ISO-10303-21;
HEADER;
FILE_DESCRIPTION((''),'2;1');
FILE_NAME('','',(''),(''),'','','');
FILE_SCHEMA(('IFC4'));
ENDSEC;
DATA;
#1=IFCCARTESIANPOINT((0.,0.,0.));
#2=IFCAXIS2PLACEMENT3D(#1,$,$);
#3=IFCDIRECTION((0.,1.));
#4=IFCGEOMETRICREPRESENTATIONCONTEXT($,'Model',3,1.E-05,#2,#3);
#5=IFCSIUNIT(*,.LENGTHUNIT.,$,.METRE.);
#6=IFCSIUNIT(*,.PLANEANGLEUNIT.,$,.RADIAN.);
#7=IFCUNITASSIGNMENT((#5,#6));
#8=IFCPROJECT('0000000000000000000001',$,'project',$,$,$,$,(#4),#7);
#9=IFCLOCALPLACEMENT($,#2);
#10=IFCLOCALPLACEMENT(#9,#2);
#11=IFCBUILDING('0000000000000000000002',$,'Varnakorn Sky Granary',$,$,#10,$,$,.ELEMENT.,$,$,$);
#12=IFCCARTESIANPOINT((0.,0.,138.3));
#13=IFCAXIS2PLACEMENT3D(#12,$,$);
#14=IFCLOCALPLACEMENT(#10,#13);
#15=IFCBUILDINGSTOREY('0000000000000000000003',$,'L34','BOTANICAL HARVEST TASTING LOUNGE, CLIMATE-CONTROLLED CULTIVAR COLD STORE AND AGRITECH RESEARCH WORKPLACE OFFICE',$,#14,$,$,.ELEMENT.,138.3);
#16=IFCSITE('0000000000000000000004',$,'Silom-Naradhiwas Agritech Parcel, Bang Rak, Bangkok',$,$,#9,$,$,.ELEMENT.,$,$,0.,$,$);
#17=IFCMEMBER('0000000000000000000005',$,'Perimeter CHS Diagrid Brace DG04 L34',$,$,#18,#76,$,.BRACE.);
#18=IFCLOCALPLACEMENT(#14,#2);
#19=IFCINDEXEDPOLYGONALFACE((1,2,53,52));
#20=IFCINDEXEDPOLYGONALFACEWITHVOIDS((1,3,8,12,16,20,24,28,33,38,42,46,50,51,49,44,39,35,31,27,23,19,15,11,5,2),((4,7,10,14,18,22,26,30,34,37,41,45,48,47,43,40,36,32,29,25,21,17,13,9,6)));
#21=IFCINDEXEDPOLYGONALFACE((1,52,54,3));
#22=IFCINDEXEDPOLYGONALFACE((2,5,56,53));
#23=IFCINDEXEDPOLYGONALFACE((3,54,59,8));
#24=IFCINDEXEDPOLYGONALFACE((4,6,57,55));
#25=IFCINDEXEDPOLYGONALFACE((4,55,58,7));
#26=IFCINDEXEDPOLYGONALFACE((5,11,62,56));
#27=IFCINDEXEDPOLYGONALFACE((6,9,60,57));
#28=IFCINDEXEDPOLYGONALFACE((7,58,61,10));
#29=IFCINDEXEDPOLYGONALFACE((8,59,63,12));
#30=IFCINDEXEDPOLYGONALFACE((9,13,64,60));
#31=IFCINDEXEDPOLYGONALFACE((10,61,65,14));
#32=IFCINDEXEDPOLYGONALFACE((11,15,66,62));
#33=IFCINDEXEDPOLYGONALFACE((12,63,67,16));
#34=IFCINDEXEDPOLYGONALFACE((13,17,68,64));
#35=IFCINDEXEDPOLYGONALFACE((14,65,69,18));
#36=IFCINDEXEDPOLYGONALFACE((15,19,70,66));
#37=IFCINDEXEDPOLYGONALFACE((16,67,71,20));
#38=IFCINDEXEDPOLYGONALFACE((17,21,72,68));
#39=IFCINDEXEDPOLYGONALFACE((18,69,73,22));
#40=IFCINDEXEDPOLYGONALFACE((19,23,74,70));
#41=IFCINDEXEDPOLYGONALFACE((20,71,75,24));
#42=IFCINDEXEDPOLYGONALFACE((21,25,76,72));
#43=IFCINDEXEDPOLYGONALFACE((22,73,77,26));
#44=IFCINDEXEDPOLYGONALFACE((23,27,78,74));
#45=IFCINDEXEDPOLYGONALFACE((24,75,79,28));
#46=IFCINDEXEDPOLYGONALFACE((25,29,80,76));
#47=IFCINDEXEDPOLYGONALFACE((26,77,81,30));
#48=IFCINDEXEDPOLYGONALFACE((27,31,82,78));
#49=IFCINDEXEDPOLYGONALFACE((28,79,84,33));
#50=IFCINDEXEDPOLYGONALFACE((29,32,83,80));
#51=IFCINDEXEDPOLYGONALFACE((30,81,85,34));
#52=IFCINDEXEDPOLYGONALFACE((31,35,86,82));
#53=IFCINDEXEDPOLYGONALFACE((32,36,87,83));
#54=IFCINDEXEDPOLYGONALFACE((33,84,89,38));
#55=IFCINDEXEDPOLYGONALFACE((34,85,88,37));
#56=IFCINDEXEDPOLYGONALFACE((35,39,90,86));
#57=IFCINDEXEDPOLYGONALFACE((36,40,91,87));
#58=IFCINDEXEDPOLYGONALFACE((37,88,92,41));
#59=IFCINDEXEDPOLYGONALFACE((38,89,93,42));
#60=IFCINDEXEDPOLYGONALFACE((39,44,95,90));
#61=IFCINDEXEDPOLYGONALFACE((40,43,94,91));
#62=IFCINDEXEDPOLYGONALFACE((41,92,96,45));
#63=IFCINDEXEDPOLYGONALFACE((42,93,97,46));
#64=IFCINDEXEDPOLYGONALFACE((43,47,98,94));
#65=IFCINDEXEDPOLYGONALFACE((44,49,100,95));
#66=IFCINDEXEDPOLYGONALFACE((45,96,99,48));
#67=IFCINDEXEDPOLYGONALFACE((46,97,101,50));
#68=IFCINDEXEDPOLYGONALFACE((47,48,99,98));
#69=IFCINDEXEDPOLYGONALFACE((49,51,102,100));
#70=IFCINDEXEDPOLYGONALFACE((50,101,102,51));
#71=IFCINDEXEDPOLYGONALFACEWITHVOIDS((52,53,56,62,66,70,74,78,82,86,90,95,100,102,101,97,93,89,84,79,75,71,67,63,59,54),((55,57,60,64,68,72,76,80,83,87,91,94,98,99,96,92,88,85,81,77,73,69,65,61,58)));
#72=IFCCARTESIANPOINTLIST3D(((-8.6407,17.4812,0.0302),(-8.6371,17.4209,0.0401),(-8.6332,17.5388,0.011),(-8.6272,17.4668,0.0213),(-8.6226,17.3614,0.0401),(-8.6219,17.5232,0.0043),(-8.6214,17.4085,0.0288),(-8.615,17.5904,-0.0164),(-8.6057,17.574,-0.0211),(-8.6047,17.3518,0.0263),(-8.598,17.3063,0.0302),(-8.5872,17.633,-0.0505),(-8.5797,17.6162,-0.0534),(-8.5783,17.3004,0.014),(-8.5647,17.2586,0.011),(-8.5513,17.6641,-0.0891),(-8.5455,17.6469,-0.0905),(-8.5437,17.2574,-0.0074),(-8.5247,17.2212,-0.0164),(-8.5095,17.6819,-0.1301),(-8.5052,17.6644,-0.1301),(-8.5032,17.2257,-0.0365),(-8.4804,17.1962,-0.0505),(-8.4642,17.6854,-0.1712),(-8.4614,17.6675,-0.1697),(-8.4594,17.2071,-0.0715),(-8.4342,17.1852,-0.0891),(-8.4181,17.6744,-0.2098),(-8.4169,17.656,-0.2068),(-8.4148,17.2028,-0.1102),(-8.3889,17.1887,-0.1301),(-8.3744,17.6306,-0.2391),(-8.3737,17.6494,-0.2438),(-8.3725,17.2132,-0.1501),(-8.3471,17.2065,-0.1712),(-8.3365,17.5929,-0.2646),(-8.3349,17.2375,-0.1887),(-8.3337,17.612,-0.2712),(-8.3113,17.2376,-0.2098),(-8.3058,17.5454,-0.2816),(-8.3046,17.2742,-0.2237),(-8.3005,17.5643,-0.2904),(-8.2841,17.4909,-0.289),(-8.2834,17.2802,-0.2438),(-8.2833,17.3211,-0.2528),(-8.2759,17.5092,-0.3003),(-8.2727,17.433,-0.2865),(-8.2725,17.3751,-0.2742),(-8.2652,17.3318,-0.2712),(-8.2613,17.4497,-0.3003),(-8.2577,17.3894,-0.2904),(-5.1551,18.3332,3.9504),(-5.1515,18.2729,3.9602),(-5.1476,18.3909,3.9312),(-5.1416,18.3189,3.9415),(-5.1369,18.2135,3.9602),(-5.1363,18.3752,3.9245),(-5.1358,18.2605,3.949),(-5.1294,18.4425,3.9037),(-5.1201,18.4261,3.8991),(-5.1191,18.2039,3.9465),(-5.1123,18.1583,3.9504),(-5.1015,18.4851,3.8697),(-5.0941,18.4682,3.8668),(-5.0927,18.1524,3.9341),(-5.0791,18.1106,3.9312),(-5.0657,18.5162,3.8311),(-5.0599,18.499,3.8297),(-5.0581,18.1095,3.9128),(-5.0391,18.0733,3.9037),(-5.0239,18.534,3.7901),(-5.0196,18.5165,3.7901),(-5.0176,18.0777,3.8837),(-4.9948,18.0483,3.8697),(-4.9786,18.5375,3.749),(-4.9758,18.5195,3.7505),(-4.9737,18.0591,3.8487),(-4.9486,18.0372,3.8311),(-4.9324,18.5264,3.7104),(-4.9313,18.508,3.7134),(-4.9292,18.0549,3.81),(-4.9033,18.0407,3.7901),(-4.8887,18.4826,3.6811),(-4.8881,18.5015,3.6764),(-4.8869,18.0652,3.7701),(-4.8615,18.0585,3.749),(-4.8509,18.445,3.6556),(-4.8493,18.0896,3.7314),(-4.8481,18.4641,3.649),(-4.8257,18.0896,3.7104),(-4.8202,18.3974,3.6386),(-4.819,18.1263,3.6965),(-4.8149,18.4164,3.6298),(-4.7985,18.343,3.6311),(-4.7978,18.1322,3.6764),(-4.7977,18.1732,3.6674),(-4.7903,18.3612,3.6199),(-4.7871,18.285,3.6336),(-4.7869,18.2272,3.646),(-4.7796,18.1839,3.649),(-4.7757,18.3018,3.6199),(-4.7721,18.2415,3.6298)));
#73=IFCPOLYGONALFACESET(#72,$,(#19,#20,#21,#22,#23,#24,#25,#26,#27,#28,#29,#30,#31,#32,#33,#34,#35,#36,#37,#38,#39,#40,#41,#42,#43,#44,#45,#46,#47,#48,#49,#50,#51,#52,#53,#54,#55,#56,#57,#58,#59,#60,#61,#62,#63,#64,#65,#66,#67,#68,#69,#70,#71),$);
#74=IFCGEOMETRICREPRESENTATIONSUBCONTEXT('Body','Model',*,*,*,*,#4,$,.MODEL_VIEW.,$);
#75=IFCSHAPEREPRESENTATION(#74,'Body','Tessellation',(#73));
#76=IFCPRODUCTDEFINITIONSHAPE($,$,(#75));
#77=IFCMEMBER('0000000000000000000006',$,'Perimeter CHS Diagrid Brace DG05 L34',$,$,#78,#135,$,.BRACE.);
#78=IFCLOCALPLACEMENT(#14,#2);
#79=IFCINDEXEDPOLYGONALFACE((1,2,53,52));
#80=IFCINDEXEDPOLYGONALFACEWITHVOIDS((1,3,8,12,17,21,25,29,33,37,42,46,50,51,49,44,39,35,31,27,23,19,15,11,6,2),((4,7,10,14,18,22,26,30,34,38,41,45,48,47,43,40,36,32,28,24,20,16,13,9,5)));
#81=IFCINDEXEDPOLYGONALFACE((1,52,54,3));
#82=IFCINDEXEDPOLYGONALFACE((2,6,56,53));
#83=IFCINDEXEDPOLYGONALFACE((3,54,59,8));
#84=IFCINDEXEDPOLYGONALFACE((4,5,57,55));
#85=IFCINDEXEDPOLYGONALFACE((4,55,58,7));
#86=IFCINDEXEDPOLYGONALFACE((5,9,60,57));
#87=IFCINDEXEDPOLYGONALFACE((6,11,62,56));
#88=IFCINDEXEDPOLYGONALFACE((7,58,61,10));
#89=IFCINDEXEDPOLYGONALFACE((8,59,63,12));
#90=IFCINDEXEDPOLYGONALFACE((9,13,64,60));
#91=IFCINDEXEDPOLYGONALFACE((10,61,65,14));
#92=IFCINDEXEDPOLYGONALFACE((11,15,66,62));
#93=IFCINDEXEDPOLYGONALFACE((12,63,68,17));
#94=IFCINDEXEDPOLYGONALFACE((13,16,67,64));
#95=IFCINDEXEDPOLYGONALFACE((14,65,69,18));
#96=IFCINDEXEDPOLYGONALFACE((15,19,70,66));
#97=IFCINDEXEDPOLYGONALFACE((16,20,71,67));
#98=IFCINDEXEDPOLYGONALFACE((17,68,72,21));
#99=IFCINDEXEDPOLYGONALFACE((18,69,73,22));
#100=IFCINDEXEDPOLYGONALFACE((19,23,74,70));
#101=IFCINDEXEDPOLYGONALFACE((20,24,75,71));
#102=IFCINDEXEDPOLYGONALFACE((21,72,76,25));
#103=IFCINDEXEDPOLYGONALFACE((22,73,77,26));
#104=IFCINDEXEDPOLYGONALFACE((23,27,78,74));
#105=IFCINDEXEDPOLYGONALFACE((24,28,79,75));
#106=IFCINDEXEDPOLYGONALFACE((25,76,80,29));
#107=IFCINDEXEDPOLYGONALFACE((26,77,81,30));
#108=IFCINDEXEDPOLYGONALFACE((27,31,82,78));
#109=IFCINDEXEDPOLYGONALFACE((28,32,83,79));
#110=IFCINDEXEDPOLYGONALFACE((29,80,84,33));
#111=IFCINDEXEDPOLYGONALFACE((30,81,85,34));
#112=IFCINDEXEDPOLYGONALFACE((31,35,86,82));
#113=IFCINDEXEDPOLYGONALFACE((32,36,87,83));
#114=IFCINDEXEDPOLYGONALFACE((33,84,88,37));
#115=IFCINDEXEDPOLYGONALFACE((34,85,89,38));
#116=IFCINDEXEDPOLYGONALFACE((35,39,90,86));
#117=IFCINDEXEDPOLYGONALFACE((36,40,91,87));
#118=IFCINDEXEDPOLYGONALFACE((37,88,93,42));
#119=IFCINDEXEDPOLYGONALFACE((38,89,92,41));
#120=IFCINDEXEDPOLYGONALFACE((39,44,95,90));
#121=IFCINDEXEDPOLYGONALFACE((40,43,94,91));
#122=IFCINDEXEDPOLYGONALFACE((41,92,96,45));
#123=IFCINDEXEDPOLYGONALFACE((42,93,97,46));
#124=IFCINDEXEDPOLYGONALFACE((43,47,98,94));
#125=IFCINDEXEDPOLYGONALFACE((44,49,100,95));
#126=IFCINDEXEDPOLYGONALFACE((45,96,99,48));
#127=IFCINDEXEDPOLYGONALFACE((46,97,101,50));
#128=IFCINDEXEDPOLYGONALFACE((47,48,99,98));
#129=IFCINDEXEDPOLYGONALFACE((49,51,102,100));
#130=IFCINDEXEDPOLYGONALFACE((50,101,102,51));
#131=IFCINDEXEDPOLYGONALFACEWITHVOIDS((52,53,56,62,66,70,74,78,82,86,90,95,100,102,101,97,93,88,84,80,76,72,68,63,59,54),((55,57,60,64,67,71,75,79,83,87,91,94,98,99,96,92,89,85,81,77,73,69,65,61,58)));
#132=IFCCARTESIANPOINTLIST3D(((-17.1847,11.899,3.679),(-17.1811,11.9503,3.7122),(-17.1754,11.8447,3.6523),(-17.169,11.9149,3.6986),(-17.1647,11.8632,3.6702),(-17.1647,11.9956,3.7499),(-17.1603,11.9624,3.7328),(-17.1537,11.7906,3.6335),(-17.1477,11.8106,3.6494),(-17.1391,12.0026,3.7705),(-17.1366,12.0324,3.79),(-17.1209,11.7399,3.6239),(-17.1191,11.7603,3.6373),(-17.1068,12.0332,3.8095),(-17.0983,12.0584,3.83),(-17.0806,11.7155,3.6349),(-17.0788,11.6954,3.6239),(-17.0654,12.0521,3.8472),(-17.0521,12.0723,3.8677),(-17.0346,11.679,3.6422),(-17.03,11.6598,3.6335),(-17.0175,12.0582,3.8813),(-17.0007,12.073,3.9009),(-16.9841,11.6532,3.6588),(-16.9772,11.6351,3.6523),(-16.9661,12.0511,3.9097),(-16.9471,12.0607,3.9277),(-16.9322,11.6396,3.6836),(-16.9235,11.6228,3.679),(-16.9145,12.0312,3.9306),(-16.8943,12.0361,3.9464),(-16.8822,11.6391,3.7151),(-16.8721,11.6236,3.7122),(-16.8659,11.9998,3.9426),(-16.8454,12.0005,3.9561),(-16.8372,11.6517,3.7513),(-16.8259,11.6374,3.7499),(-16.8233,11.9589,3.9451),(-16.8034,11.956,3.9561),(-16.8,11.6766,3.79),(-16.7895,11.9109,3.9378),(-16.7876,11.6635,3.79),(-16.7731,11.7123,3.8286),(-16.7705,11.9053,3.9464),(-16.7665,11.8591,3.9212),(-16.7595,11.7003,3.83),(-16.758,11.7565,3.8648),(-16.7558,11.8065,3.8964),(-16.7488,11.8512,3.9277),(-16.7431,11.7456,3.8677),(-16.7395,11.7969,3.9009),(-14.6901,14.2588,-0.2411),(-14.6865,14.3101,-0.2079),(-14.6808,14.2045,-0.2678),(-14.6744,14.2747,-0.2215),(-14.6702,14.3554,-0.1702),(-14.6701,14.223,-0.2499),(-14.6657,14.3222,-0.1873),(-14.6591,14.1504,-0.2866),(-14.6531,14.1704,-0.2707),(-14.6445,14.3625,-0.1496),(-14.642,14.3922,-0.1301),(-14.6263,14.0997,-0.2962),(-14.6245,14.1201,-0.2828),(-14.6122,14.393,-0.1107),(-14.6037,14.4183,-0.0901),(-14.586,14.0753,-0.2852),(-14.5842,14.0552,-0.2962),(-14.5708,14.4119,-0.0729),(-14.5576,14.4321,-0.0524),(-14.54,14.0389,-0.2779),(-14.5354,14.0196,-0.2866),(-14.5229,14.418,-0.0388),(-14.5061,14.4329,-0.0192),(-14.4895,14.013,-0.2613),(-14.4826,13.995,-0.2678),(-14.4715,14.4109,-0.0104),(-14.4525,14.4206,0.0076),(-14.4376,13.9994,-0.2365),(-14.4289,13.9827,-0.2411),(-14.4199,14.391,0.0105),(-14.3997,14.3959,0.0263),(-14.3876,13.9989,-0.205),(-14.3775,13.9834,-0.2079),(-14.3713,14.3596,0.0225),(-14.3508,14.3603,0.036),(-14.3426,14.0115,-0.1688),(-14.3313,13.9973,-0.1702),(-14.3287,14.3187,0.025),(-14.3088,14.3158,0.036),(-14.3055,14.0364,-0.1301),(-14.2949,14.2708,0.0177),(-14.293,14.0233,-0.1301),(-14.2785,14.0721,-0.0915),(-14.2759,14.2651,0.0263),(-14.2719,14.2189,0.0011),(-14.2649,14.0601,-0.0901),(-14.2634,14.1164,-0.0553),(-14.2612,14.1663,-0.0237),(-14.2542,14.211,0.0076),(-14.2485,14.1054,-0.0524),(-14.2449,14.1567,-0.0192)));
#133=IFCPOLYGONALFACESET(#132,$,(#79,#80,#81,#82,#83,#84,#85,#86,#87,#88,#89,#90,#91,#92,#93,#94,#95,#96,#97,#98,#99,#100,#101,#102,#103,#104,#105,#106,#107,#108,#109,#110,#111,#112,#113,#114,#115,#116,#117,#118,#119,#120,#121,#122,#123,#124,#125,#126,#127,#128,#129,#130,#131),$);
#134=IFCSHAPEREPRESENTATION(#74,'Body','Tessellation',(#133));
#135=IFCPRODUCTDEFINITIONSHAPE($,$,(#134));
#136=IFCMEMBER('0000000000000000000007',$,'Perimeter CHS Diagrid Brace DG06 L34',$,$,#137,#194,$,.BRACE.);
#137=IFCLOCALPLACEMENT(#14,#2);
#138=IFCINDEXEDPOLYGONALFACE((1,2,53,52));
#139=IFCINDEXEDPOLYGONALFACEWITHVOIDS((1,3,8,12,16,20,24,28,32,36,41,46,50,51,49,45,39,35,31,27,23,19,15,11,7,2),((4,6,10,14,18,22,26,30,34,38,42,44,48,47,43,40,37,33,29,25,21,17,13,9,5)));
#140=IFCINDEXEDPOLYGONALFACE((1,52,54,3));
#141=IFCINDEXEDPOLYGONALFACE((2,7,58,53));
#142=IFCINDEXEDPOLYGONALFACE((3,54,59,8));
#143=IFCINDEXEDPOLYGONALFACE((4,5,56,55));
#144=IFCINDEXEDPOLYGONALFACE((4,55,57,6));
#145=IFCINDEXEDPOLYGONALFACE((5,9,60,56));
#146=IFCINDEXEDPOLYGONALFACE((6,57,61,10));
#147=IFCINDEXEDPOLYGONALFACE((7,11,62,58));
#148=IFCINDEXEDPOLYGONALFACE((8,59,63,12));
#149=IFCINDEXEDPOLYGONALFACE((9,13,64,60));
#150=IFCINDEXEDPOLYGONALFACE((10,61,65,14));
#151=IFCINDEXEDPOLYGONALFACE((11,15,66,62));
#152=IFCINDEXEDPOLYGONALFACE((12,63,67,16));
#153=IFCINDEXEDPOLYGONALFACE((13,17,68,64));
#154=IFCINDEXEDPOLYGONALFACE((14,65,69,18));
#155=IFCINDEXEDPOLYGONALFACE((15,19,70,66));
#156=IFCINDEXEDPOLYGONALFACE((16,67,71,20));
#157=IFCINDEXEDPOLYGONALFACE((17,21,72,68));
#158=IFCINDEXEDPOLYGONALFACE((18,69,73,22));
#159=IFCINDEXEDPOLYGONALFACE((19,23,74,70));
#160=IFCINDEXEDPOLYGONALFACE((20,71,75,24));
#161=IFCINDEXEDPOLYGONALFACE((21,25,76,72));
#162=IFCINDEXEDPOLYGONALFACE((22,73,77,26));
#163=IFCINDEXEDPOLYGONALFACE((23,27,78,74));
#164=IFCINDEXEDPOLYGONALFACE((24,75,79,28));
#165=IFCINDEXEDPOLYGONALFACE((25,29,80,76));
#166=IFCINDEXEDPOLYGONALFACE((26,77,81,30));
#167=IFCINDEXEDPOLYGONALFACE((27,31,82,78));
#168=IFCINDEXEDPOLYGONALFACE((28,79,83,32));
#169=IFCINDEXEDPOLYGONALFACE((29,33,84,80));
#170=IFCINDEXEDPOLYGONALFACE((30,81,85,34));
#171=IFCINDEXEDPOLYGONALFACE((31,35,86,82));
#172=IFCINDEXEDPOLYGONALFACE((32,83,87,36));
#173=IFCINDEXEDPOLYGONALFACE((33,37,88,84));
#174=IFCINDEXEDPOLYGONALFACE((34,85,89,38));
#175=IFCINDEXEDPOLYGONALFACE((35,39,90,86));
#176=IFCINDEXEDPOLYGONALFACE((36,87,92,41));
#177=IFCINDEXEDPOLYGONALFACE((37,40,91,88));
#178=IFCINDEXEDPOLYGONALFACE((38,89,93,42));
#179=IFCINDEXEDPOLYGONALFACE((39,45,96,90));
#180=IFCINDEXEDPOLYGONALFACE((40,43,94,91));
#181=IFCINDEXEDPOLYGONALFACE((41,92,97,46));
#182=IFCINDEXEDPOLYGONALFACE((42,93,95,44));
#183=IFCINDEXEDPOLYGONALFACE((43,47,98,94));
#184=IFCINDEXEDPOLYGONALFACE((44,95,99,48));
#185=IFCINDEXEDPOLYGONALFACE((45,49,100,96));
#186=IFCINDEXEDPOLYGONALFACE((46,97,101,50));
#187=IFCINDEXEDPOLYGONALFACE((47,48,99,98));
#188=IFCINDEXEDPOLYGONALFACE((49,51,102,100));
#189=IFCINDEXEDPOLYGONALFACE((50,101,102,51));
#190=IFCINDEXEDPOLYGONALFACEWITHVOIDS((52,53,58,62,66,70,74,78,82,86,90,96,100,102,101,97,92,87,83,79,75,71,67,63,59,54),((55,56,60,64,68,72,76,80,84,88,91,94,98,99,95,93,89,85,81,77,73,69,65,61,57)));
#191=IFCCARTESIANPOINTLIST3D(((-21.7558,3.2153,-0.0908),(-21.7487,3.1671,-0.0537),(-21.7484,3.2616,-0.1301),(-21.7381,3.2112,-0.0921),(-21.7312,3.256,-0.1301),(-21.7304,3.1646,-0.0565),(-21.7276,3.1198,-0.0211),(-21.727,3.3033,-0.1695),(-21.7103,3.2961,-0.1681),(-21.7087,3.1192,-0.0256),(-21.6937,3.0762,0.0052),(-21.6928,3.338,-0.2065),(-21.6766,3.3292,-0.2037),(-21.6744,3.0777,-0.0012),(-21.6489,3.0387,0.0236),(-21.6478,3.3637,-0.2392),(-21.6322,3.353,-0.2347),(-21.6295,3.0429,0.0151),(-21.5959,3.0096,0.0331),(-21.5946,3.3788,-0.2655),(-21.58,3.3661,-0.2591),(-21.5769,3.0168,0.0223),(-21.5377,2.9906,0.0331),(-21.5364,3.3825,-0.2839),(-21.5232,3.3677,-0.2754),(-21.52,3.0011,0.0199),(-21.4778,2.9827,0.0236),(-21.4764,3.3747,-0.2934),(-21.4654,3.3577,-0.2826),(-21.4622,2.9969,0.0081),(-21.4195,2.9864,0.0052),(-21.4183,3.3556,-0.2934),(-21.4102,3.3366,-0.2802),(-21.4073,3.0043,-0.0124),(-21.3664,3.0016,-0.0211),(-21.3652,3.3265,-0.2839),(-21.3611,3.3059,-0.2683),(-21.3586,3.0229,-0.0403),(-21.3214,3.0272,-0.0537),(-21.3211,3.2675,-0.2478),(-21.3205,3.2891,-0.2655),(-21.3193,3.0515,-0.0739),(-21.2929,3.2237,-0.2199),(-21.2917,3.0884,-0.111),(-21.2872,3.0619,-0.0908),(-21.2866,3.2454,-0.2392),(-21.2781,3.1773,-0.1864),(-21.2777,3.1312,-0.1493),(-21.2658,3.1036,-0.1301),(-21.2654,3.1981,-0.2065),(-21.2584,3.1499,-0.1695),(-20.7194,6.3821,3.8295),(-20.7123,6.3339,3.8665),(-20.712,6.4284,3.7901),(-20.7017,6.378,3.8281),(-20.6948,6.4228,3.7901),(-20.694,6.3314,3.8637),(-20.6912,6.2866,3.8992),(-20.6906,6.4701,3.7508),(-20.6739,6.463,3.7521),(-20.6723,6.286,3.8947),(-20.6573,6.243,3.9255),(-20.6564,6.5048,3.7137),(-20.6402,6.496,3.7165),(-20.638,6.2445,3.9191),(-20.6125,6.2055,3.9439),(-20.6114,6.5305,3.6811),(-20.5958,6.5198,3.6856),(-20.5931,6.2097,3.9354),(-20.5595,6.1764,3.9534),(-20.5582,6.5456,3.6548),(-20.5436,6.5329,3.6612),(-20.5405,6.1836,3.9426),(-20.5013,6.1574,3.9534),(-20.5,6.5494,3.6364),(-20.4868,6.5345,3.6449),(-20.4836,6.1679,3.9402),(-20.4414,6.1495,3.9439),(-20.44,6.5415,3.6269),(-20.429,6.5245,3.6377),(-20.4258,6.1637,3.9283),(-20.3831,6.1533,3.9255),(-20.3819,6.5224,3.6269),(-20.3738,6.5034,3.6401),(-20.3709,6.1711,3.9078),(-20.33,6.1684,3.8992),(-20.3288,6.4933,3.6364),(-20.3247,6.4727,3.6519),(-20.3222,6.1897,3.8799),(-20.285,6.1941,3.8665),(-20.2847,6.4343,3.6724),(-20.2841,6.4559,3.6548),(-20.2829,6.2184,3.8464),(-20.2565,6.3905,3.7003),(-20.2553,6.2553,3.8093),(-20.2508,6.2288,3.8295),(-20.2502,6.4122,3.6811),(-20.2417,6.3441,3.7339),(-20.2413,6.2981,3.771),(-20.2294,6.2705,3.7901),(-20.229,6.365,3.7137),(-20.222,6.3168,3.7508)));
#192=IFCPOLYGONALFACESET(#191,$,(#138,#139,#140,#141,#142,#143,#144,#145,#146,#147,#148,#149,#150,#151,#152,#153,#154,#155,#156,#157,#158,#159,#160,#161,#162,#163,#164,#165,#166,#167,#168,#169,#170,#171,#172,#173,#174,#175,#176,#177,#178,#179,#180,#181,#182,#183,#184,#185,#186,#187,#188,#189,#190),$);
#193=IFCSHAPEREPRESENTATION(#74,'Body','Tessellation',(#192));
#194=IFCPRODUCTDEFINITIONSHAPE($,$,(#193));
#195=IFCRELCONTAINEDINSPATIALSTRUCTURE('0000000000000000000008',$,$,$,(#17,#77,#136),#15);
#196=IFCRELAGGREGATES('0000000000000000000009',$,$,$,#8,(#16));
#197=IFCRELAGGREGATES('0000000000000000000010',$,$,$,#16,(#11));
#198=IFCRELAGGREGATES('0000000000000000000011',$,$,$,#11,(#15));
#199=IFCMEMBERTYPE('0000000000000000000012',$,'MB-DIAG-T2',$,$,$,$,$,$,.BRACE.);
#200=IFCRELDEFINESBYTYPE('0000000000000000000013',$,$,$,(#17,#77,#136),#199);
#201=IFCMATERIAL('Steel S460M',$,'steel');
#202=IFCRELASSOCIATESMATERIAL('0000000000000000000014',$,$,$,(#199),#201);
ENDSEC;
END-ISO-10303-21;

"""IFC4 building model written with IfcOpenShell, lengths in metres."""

from ifc_helpers import new_model, si_unit, direction, frame, origin, origin_2d, place, context, subcontext, project, spatial, hollow_circle, extrude, material, material_profile, profile_set, type_object, element, save


model = new_model("IFC4")

# Units and contexts
model_context = context("Model", 3, precision=1e-05, world=origin(), true_north=direction((0.0, 1.0)))
body_context = subcontext(model_context, "Body", "Model", "MODEL_VIEW")
ifc_project = project(units=[si_unit("LENGTHUNIT", "METRE"), si_unit("PLANEANGLEUNIT", "RADIAN")], contexts=[model_context])

# Site, building, storey
site_placement = place(None, origin())
site = spatial("IfcSite", under=ifc_project, at=site_placement, Name="Silom-Naradhiwas Agritech Parcel, Bang Rak, Bangkok", CompositionType="ELEMENT", RefElevation=0.0)
building_placement = place(site_placement, origin())
building = spatial("IfcBuilding", under=site, at=building_placement, Name="Varnakorn Sky Granary", CompositionType="ELEMENT")
storey_placement = place(building_placement, frame((0.0, 0.0, 138.3)))
storey = spatial("IfcBuildingStorey", under=building, at=storey_placement, Name="L34", Description="BOTANICAL HARVEST TASTING LOUNGE, CLIMATE-CONTROLLED CULTIVAR COLD STORE AND AGRITECH RESEARCH WORKPLACE OFFICE", CompositionType="ELEMENT", Elevation=138.3)

# Shared definitions
ifc_material_1 = material(Name="Steel S460M", Category="steel")

# Members
ifc_material_profile_1 = material_profile(ifc_material_1, hollow_circle(Radius=0.2539, WallThickness=0.0181, at=origin_2d()), Name="CHS 508x18")
ifc_profile_set_1 = profile_set([ifc_material_profile_1], Name="Steel S460M")
member_type_1 = type_object("IfcMemberType", Name="MB-DIAG-T2", PredefinedType="BRACE", material=ifc_profile_set_1)
member_1_placement = place(storey_placement, frame((-8.4492, 17.4353, -0.1301), z_axis=(0.655875, 0.160328, 0.737647), x_axis=(-0.237457, 0.971398, 0.0)))
element("IfcMember", 1, at=member_1_placement, inside=storey, type_object=member_type_1, Name="Perimeter CHS Diagrid Brace DG04 L34", PredefinedType="BRACE", context=body_context, shape_type="SweptSolid", body=[
    extrude(hollow_circle(Radius=0.2539, WallThickness=0.0181, at=origin_2d()), origin(), (0.0, 0.0, 1.0), 5.3145),
])
member_2_placement = place(storey_placement, frame((-14.4675, 14.2078, -0.1301), z_axis=(-0.478677, -0.452818, 0.752213), x_axis=(0.687212, -0.726457, 0.0)))
element("IfcMember", 2, at=member_2_placement, inside=storey, type_object=member_type_1, Name="Perimeter CHS Diagrid Brace DG05 L34", PredefinedType="BRACE", context=body_context, shape_type="SweptSolid", body=[
    extrude(hollow_circle(Radius=0.2539, WallThickness=0.0181, at=origin_2d()), origin(), (0.0, 0.0, 1.0), 5.2114),
])
member_3_placement = place(storey_placement, frame((-21.5071, 3.1826, -0.1301), z_axis=(0.201437, 0.615511, 0.761951), x_axis=(-0.950398, 0.311035, 0.0)))
element("IfcMember", 3, at=member_3_placement, inside=storey, type_object=member_type_1, Name="Perimeter CHS Diagrid Brace DG06 L34", PredefinedType="BRACE", context=body_context, shape_type="SweptSolid", body=[
    extrude(hollow_circle(Radius=0.2539, WallThickness=0.0181, at=origin_2d()), origin(), (0.0, 0.0, 1.0), 5.145),
])

save(model, "model.ifc")
